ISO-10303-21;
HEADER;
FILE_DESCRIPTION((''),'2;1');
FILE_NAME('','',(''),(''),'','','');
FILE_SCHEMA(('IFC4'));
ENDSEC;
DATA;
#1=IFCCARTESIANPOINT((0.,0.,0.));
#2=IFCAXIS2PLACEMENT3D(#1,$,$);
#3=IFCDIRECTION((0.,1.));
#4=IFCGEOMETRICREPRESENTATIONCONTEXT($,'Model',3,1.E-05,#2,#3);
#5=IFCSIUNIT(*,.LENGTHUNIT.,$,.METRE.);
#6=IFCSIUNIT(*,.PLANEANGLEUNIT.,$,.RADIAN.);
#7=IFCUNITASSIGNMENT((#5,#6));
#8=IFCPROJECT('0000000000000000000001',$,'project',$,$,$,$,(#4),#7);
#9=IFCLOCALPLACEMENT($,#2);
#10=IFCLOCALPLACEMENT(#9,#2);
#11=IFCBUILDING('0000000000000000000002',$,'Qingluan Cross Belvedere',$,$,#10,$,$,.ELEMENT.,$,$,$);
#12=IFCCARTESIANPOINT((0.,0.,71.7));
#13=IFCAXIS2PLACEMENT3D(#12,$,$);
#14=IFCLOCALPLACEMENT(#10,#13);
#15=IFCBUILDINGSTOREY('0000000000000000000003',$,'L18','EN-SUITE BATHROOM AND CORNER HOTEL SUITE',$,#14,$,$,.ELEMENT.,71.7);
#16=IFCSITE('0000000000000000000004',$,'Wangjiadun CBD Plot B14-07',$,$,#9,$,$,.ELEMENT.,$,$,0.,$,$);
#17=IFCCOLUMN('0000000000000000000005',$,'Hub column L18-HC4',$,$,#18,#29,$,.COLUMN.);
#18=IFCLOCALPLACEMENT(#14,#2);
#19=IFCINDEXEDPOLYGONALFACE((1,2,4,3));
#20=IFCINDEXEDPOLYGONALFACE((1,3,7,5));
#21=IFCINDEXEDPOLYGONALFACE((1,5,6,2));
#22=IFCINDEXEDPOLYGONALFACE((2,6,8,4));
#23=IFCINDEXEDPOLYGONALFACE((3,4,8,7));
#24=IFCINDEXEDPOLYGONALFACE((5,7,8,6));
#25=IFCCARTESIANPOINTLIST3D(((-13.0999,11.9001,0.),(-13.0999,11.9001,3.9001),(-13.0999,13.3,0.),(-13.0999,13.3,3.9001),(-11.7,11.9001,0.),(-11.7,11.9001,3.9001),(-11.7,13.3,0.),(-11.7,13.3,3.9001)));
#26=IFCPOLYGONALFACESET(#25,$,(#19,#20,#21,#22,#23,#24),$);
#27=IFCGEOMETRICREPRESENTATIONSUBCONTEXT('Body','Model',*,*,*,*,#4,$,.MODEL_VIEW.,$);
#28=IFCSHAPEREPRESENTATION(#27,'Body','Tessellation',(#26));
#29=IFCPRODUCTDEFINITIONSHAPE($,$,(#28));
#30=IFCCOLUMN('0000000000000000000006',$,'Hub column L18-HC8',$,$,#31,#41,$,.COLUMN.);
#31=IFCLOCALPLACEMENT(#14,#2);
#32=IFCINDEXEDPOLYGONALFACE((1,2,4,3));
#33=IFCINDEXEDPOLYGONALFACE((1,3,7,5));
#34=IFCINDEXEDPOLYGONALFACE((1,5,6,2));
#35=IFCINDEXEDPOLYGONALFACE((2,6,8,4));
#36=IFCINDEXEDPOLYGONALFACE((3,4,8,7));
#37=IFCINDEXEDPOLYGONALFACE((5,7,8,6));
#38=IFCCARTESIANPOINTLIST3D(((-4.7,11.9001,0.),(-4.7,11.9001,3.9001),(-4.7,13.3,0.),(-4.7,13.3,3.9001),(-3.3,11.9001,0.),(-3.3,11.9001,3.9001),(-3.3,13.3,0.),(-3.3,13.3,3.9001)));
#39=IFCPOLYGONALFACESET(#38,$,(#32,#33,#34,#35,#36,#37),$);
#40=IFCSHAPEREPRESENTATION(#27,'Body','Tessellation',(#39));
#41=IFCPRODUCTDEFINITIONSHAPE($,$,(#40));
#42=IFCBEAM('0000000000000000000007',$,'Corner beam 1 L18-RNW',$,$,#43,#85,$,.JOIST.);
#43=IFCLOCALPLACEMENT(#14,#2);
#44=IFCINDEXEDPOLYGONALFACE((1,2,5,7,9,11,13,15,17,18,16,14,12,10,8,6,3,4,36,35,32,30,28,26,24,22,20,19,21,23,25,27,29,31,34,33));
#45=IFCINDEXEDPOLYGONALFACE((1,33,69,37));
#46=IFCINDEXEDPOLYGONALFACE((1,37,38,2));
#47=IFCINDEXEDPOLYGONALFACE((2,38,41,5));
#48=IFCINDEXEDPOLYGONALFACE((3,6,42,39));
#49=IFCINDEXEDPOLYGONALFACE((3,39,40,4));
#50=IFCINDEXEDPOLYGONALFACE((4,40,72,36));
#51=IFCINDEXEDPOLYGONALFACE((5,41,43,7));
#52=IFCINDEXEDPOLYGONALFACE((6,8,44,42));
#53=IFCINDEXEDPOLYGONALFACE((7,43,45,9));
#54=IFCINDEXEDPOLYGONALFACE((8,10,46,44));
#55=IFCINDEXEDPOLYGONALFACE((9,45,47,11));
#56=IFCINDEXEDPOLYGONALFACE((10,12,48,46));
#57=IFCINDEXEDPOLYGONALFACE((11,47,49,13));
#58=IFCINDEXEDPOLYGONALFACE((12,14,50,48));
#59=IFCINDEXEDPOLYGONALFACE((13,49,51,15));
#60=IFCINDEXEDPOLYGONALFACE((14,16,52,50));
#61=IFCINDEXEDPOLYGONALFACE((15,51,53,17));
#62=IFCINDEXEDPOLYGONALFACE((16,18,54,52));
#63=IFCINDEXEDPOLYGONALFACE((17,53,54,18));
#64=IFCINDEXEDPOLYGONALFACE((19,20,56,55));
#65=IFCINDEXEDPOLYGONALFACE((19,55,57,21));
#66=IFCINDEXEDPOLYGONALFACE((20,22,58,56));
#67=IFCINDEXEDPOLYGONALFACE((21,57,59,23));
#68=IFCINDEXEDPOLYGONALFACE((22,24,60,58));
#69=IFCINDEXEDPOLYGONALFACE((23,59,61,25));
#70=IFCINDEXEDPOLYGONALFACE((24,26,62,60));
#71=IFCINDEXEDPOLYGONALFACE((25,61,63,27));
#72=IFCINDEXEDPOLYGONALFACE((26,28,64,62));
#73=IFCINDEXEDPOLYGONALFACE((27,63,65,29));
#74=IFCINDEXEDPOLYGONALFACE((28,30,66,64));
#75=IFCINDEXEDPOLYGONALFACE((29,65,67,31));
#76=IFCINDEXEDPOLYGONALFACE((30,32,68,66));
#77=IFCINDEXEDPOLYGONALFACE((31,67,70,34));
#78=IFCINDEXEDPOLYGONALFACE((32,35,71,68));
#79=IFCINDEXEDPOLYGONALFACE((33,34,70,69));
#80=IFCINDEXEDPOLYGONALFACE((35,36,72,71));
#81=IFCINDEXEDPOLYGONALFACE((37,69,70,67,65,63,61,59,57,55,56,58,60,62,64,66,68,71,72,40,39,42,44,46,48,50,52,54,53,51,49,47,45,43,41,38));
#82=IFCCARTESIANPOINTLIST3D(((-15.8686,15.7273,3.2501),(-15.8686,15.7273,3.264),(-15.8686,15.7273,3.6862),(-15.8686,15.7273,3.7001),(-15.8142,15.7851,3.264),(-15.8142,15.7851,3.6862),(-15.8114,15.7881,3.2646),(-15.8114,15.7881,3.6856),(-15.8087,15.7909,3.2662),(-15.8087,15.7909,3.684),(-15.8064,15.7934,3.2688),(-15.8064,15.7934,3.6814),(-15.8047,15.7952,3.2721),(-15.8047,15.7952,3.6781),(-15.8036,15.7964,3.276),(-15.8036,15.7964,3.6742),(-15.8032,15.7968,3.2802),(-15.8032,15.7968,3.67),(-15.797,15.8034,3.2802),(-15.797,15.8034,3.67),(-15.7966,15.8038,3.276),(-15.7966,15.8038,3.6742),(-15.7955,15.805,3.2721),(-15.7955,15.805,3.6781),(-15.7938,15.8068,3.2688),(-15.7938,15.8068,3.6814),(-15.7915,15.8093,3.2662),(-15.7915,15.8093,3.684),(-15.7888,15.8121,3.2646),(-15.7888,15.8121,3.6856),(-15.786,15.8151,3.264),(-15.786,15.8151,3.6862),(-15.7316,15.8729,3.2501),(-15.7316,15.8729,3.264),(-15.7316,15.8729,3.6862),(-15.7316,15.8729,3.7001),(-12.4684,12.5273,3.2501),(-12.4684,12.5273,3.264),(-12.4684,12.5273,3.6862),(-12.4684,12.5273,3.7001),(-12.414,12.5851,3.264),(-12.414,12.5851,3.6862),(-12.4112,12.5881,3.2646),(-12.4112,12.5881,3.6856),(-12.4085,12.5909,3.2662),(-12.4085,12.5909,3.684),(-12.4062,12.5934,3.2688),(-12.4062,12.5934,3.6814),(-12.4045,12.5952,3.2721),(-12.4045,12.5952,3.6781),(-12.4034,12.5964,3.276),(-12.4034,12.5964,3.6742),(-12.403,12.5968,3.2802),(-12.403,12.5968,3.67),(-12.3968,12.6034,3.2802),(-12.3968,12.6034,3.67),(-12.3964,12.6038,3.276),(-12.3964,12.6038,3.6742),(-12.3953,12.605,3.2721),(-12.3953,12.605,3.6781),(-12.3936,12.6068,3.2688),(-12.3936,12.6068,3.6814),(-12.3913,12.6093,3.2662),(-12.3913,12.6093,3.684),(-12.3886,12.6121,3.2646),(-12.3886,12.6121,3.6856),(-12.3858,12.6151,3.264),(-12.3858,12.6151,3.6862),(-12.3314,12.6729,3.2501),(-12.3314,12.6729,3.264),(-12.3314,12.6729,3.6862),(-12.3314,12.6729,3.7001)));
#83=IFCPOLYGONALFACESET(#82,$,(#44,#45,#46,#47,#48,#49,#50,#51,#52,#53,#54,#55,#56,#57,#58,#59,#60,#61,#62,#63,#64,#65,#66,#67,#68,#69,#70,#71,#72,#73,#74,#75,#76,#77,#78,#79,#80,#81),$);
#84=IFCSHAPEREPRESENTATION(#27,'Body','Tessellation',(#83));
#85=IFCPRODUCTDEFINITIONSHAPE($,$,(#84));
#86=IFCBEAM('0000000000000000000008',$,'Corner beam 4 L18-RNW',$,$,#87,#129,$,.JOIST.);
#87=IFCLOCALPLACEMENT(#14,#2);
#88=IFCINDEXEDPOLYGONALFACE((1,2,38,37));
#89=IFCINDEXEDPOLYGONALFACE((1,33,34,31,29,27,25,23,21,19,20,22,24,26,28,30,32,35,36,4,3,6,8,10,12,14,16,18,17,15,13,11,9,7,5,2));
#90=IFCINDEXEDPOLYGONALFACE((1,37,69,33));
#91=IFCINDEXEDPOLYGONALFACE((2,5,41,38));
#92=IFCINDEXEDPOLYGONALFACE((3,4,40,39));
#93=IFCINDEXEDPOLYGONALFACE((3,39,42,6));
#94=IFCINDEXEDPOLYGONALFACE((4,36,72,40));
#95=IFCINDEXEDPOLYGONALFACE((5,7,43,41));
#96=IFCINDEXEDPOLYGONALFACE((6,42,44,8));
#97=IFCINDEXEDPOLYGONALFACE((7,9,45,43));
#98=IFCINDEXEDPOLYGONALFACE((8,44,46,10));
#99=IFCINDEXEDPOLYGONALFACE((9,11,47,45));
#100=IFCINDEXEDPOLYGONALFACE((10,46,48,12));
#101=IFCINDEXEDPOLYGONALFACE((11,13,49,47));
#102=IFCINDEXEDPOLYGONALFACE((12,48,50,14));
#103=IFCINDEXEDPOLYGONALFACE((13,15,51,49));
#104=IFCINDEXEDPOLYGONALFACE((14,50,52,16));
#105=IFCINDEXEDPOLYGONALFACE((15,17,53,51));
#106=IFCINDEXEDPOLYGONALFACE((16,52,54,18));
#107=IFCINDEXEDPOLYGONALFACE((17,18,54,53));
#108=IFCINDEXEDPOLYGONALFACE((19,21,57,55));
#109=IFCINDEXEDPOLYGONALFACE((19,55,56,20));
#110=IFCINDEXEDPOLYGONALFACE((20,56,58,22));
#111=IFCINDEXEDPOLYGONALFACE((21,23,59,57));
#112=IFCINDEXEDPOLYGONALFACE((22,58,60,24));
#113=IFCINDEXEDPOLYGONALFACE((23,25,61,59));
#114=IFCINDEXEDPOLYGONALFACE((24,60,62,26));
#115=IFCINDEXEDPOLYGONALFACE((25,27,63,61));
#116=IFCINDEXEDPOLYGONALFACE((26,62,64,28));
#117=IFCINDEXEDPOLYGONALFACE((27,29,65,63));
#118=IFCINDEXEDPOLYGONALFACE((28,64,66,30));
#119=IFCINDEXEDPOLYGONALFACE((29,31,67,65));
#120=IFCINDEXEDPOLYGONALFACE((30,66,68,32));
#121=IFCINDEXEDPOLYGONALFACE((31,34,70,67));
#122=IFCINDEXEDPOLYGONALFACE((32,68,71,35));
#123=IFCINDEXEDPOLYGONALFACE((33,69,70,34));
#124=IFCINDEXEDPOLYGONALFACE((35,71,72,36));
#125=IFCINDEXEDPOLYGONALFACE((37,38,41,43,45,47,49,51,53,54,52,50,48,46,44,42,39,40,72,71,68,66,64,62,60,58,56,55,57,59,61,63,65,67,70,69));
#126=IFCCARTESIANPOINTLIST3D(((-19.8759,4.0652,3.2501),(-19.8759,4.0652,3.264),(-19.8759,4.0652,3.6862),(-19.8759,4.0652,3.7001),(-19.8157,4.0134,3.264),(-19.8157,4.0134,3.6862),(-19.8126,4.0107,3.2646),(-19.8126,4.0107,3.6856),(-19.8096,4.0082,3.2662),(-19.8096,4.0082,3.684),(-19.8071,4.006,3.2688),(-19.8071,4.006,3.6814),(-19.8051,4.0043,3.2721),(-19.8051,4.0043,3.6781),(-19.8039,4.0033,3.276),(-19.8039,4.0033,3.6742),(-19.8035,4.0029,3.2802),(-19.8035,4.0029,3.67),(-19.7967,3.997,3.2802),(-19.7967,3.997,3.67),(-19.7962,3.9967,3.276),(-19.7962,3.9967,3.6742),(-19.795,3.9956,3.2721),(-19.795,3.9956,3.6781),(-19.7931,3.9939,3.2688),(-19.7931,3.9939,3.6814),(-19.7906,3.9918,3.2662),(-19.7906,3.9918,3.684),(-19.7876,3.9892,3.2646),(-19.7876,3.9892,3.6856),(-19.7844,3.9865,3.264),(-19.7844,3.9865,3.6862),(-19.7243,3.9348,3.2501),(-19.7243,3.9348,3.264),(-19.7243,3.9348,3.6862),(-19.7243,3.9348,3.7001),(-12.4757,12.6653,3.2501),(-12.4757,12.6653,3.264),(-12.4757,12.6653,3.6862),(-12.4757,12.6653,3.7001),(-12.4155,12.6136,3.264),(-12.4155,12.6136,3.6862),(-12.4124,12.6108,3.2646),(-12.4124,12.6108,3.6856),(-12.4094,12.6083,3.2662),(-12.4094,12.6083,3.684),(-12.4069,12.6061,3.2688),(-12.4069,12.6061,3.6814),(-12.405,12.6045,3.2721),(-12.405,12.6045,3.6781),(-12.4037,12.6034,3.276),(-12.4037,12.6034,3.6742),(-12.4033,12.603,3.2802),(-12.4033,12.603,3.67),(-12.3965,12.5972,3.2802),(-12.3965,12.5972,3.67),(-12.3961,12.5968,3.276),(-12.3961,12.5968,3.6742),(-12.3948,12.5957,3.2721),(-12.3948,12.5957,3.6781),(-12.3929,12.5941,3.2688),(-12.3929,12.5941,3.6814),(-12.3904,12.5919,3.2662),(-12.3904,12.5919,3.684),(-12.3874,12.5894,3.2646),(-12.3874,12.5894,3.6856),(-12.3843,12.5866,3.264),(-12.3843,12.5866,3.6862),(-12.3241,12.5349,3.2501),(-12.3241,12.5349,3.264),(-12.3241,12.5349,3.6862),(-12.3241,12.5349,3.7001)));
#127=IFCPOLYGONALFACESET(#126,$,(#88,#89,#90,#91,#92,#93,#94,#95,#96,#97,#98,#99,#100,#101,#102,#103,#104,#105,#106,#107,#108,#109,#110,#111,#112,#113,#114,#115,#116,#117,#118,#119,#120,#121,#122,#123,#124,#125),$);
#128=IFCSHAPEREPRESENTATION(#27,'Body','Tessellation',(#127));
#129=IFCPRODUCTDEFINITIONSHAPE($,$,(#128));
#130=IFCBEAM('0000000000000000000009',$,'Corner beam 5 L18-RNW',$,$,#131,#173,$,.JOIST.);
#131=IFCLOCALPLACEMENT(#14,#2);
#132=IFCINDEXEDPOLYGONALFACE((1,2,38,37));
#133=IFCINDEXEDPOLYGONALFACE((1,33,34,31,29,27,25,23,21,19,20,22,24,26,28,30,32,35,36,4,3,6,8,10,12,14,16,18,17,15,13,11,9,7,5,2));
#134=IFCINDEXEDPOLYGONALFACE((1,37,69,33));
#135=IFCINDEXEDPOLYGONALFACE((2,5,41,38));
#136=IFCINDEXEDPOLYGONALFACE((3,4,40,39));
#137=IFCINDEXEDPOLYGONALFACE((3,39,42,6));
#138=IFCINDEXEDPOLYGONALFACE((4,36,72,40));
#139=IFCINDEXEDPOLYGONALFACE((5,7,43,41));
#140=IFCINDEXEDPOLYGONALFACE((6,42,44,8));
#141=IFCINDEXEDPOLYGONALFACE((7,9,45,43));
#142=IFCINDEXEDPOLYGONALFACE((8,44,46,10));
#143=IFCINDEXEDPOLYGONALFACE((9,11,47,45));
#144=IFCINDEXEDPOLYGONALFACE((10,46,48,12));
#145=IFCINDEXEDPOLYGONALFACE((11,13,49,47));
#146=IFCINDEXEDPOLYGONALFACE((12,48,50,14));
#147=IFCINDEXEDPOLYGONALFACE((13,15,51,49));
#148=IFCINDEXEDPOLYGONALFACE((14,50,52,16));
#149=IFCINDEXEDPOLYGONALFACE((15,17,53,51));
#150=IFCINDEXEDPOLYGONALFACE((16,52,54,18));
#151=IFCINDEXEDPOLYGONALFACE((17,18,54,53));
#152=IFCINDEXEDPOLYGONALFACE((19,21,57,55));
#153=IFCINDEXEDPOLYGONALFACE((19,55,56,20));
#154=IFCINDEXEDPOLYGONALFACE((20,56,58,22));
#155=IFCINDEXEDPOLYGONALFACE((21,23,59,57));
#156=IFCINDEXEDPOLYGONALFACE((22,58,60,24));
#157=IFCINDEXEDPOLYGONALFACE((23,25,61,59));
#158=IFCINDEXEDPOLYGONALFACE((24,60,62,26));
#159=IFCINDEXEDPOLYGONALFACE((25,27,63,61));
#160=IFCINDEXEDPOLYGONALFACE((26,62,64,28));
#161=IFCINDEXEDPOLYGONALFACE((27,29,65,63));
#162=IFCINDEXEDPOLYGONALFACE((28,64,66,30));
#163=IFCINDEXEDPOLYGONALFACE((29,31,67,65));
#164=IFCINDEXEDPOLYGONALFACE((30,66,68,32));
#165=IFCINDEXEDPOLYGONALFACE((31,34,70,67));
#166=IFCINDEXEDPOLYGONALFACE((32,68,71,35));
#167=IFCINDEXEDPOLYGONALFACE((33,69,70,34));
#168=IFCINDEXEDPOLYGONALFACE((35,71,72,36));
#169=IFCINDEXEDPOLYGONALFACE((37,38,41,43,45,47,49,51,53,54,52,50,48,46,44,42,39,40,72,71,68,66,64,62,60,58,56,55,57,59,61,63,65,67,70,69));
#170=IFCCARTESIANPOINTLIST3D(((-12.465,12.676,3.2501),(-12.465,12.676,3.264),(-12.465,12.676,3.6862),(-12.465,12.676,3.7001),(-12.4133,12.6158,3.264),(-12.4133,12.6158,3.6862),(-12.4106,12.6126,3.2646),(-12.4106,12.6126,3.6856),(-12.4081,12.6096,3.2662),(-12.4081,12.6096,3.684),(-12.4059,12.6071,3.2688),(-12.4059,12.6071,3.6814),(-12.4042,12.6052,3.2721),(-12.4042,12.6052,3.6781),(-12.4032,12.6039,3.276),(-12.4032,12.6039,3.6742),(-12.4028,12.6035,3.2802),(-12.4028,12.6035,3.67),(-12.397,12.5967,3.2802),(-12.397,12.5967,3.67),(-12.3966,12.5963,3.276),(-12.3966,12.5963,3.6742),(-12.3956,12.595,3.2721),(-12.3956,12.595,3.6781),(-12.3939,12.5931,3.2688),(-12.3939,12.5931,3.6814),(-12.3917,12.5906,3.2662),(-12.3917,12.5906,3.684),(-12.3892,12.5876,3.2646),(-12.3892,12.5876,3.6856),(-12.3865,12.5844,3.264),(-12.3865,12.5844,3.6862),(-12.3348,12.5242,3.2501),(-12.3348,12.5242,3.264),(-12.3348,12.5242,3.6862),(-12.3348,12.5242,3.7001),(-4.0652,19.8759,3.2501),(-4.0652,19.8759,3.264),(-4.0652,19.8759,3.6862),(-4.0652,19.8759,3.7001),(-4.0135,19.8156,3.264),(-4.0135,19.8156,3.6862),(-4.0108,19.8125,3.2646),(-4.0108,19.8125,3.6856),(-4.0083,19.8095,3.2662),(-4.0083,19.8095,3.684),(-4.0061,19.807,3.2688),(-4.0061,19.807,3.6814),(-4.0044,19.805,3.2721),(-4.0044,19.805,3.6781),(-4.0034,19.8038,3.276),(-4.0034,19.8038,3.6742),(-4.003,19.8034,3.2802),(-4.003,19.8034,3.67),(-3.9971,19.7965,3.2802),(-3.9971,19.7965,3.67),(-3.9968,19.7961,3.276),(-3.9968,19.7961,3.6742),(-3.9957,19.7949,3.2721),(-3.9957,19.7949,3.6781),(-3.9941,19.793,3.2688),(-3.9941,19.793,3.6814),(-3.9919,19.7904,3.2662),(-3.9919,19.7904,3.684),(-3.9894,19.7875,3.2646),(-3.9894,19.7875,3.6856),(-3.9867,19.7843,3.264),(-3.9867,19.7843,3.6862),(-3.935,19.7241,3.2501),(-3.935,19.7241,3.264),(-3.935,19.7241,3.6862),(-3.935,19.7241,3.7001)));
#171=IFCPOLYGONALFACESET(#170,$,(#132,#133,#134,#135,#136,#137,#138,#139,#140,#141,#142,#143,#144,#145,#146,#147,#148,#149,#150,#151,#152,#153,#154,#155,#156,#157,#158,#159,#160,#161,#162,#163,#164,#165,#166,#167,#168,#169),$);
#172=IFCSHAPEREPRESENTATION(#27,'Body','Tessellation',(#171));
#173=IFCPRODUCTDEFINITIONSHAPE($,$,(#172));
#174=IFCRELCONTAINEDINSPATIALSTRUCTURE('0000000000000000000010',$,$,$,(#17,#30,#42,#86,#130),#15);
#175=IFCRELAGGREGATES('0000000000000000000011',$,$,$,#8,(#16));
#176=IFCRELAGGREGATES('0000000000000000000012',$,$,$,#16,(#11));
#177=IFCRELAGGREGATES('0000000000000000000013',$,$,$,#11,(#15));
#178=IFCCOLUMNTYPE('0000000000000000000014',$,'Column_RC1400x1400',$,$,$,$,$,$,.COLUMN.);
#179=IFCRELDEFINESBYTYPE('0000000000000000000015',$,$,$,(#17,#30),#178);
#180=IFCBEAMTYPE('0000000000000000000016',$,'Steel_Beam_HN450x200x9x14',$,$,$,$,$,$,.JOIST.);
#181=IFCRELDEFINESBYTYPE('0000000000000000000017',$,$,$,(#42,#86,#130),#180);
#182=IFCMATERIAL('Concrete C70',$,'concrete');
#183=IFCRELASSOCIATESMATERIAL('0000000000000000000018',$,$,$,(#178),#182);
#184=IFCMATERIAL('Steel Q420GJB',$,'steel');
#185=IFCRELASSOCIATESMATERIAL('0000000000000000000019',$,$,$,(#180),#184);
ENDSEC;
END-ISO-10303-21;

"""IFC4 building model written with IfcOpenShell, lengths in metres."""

from ifc_helpers import new_model, si_unit, direction, frame, origin, origin_2d, place, context, subcontext, project, spatial, rectangle, i_section, extrude, material, material_profile, profile_set, type_object, element, save


model = new_model("IFC4")

# Units and contexts
model_context = context("Model", 3, precision=1e-05, world=origin(), true_north=direction((0.0, 1.0)))
body_context = subcontext(model_context, "Body", "Model", "MODEL_VIEW")
ifc_project = project(units=[si_unit("LENGTHUNIT", "METRE"), si_unit("PLANEANGLEUNIT", "RADIAN")], contexts=[model_context])

# Site, building, storey
site_placement = place(None, origin())
site = spatial("IfcSite", under=ifc_project, at=site_placement, Name="Wangjiadun CBD Plot B14-07", CompositionType="ELEMENT", RefElevation=0.0)
building_placement = place(site_placement, origin())
building = spatial("IfcBuilding", under=site, at=building_placement, Name="Qingluan Cross Belvedere", CompositionType="ELEMENT")
storey_placement = place(building_placement, frame((0.0, 0.0, 71.7)))
storey = spatial("IfcBuildingStorey", under=building, at=storey_placement, Name="L18", Description="EN-SUITE BATHROOM AND CORNER HOTEL SUITE", CompositionType="ELEMENT", Elevation=71.7)

# Columns
ifc_material_1 = material(Name="Concrete C70", Category="concrete")
ifc_material_profile_1 = material_profile(ifc_material_1, rectangle(XDim=1.3999, YDim=1.3999, at=origin_2d()), Name="RC1400x1400")
ifc_profile_set_1 = profile_set([ifc_material_profile_1], Name="Concrete C70")
column_type = type_object("IfcColumnType", Name="Column_RC1400x1400", PredefinedType="COLUMN", material=ifc_profile_set_1)
for number, where, z_axis, x_axis, name in (
    (1, (-12.3999, 12.6001, 0.0), (0.0, 0.0, 1.0), (1.0, 0.0, 0.0), "Hub column L18-HC4"),
    (2, (-4.0, 12.6001, 0.0), (0.0, 0.0, 1.0), (1.0, 0.0, 0.0), "Hub column L18-HC8"),
):
    element("IfcColumn", number, at=place(storey_placement, frame(where, z_axis=z_axis, x_axis=x_axis)), inside=storey, type_object=column_type, Name=name, PredefinedType="COLUMN", context=body_context, shape_type="SweptSolid", body=[
        extrude(rectangle(XDim=1.3999, YDim=1.3999, at=origin_2d()), origin(), (0.0, 0.0, 1.0), 3.9001),
    ])

# Beams
ifc_material_2 = material(Name="Steel Q420GJB", Category="steel")
ifc_material_profile_2 = material_profile(ifc_material_2, i_section(OverallWidth=0.2, OverallDepth=0.45, WebThickness=0.009, FlangeThickness=0.0139, FilletRadius=0.0161, at=origin_2d()), Name="HN450x200x9x14")
ifc_profile_set_2 = profile_set([ifc_material_profile_2], Name="Steel Q420GJB")
beam_type_1 = type_object("IfcBeamType", Name="Steel_Beam_HN450x200x9x14", PredefinedType="JOIST", material=ifc_profile_set_2)
beam_1_placement = place(storey_placement, frame((-12.3999, 12.6001, 3.4751), z_axis=(-0.72822, 0.685343, 0.0), x_axis=(-0.685343, -0.72822, 0.0)))
element("IfcBeam", 3, at=beam_1_placement, inside=storey, type_object=beam_type_1, Name="Corner beam 1 L18-RNW", PredefinedType="JOIST", context=body_context, shape_type="SweptSolid", body=[
    extrude(i_section(OverallWidth=0.2, OverallDepth=0.45, WebThickness=0.009, FlangeThickness=0.0139, FilletRadius=0.0161, at=origin_2d()), origin(), (0.0, 0.0, 1.0), 4.6692),
])
beam_2_placement = place(storey_placement, frame((-12.3999, 12.6001, 3.4751), z_axis=(-0.652245, -0.758008, 0.0), x_axis=(0.758008, -0.652245, 0.0)))
element("IfcBeam", 4, at=beam_2_placement, inside=storey, type_object=beam_type_1, Name="Corner beam 4 L18-RNW", PredefinedType="JOIST", context=body_context, shape_type="SweptSolid", body=[
    extrude(i_section(OverallWidth=0.2, OverallDepth=0.45, WebThickness=0.009, FlangeThickness=0.0139, FilletRadius=0.0161, at=origin_2d()), origin(), (0.0, 0.0, 1.0), 11.3457),
])
beam_3_placement = place(storey_placement, frame((-12.3999, 12.6001, 3.4751), z_axis=(0.759255, 0.650793, 0.0), x_axis=(-0.650793, 0.759255, 0.0)))
element("IfcBeam", 5, at=beam_3_placement, inside=storey, type_object=beam_type_1, Name="Corner beam 5 L18-RNW", PredefinedType="JOIST", context=body_context, shape_type="SweptSolid", body=[
    extrude(i_section(OverallWidth=0.2, OverallDepth=0.45, WebThickness=0.009, FlangeThickness=0.0139, FilletRadius=0.0161, at=origin_2d()), origin(), (0.0, 0.0, 1.0), 11.0632),
])

save(model, "model.ifc")
